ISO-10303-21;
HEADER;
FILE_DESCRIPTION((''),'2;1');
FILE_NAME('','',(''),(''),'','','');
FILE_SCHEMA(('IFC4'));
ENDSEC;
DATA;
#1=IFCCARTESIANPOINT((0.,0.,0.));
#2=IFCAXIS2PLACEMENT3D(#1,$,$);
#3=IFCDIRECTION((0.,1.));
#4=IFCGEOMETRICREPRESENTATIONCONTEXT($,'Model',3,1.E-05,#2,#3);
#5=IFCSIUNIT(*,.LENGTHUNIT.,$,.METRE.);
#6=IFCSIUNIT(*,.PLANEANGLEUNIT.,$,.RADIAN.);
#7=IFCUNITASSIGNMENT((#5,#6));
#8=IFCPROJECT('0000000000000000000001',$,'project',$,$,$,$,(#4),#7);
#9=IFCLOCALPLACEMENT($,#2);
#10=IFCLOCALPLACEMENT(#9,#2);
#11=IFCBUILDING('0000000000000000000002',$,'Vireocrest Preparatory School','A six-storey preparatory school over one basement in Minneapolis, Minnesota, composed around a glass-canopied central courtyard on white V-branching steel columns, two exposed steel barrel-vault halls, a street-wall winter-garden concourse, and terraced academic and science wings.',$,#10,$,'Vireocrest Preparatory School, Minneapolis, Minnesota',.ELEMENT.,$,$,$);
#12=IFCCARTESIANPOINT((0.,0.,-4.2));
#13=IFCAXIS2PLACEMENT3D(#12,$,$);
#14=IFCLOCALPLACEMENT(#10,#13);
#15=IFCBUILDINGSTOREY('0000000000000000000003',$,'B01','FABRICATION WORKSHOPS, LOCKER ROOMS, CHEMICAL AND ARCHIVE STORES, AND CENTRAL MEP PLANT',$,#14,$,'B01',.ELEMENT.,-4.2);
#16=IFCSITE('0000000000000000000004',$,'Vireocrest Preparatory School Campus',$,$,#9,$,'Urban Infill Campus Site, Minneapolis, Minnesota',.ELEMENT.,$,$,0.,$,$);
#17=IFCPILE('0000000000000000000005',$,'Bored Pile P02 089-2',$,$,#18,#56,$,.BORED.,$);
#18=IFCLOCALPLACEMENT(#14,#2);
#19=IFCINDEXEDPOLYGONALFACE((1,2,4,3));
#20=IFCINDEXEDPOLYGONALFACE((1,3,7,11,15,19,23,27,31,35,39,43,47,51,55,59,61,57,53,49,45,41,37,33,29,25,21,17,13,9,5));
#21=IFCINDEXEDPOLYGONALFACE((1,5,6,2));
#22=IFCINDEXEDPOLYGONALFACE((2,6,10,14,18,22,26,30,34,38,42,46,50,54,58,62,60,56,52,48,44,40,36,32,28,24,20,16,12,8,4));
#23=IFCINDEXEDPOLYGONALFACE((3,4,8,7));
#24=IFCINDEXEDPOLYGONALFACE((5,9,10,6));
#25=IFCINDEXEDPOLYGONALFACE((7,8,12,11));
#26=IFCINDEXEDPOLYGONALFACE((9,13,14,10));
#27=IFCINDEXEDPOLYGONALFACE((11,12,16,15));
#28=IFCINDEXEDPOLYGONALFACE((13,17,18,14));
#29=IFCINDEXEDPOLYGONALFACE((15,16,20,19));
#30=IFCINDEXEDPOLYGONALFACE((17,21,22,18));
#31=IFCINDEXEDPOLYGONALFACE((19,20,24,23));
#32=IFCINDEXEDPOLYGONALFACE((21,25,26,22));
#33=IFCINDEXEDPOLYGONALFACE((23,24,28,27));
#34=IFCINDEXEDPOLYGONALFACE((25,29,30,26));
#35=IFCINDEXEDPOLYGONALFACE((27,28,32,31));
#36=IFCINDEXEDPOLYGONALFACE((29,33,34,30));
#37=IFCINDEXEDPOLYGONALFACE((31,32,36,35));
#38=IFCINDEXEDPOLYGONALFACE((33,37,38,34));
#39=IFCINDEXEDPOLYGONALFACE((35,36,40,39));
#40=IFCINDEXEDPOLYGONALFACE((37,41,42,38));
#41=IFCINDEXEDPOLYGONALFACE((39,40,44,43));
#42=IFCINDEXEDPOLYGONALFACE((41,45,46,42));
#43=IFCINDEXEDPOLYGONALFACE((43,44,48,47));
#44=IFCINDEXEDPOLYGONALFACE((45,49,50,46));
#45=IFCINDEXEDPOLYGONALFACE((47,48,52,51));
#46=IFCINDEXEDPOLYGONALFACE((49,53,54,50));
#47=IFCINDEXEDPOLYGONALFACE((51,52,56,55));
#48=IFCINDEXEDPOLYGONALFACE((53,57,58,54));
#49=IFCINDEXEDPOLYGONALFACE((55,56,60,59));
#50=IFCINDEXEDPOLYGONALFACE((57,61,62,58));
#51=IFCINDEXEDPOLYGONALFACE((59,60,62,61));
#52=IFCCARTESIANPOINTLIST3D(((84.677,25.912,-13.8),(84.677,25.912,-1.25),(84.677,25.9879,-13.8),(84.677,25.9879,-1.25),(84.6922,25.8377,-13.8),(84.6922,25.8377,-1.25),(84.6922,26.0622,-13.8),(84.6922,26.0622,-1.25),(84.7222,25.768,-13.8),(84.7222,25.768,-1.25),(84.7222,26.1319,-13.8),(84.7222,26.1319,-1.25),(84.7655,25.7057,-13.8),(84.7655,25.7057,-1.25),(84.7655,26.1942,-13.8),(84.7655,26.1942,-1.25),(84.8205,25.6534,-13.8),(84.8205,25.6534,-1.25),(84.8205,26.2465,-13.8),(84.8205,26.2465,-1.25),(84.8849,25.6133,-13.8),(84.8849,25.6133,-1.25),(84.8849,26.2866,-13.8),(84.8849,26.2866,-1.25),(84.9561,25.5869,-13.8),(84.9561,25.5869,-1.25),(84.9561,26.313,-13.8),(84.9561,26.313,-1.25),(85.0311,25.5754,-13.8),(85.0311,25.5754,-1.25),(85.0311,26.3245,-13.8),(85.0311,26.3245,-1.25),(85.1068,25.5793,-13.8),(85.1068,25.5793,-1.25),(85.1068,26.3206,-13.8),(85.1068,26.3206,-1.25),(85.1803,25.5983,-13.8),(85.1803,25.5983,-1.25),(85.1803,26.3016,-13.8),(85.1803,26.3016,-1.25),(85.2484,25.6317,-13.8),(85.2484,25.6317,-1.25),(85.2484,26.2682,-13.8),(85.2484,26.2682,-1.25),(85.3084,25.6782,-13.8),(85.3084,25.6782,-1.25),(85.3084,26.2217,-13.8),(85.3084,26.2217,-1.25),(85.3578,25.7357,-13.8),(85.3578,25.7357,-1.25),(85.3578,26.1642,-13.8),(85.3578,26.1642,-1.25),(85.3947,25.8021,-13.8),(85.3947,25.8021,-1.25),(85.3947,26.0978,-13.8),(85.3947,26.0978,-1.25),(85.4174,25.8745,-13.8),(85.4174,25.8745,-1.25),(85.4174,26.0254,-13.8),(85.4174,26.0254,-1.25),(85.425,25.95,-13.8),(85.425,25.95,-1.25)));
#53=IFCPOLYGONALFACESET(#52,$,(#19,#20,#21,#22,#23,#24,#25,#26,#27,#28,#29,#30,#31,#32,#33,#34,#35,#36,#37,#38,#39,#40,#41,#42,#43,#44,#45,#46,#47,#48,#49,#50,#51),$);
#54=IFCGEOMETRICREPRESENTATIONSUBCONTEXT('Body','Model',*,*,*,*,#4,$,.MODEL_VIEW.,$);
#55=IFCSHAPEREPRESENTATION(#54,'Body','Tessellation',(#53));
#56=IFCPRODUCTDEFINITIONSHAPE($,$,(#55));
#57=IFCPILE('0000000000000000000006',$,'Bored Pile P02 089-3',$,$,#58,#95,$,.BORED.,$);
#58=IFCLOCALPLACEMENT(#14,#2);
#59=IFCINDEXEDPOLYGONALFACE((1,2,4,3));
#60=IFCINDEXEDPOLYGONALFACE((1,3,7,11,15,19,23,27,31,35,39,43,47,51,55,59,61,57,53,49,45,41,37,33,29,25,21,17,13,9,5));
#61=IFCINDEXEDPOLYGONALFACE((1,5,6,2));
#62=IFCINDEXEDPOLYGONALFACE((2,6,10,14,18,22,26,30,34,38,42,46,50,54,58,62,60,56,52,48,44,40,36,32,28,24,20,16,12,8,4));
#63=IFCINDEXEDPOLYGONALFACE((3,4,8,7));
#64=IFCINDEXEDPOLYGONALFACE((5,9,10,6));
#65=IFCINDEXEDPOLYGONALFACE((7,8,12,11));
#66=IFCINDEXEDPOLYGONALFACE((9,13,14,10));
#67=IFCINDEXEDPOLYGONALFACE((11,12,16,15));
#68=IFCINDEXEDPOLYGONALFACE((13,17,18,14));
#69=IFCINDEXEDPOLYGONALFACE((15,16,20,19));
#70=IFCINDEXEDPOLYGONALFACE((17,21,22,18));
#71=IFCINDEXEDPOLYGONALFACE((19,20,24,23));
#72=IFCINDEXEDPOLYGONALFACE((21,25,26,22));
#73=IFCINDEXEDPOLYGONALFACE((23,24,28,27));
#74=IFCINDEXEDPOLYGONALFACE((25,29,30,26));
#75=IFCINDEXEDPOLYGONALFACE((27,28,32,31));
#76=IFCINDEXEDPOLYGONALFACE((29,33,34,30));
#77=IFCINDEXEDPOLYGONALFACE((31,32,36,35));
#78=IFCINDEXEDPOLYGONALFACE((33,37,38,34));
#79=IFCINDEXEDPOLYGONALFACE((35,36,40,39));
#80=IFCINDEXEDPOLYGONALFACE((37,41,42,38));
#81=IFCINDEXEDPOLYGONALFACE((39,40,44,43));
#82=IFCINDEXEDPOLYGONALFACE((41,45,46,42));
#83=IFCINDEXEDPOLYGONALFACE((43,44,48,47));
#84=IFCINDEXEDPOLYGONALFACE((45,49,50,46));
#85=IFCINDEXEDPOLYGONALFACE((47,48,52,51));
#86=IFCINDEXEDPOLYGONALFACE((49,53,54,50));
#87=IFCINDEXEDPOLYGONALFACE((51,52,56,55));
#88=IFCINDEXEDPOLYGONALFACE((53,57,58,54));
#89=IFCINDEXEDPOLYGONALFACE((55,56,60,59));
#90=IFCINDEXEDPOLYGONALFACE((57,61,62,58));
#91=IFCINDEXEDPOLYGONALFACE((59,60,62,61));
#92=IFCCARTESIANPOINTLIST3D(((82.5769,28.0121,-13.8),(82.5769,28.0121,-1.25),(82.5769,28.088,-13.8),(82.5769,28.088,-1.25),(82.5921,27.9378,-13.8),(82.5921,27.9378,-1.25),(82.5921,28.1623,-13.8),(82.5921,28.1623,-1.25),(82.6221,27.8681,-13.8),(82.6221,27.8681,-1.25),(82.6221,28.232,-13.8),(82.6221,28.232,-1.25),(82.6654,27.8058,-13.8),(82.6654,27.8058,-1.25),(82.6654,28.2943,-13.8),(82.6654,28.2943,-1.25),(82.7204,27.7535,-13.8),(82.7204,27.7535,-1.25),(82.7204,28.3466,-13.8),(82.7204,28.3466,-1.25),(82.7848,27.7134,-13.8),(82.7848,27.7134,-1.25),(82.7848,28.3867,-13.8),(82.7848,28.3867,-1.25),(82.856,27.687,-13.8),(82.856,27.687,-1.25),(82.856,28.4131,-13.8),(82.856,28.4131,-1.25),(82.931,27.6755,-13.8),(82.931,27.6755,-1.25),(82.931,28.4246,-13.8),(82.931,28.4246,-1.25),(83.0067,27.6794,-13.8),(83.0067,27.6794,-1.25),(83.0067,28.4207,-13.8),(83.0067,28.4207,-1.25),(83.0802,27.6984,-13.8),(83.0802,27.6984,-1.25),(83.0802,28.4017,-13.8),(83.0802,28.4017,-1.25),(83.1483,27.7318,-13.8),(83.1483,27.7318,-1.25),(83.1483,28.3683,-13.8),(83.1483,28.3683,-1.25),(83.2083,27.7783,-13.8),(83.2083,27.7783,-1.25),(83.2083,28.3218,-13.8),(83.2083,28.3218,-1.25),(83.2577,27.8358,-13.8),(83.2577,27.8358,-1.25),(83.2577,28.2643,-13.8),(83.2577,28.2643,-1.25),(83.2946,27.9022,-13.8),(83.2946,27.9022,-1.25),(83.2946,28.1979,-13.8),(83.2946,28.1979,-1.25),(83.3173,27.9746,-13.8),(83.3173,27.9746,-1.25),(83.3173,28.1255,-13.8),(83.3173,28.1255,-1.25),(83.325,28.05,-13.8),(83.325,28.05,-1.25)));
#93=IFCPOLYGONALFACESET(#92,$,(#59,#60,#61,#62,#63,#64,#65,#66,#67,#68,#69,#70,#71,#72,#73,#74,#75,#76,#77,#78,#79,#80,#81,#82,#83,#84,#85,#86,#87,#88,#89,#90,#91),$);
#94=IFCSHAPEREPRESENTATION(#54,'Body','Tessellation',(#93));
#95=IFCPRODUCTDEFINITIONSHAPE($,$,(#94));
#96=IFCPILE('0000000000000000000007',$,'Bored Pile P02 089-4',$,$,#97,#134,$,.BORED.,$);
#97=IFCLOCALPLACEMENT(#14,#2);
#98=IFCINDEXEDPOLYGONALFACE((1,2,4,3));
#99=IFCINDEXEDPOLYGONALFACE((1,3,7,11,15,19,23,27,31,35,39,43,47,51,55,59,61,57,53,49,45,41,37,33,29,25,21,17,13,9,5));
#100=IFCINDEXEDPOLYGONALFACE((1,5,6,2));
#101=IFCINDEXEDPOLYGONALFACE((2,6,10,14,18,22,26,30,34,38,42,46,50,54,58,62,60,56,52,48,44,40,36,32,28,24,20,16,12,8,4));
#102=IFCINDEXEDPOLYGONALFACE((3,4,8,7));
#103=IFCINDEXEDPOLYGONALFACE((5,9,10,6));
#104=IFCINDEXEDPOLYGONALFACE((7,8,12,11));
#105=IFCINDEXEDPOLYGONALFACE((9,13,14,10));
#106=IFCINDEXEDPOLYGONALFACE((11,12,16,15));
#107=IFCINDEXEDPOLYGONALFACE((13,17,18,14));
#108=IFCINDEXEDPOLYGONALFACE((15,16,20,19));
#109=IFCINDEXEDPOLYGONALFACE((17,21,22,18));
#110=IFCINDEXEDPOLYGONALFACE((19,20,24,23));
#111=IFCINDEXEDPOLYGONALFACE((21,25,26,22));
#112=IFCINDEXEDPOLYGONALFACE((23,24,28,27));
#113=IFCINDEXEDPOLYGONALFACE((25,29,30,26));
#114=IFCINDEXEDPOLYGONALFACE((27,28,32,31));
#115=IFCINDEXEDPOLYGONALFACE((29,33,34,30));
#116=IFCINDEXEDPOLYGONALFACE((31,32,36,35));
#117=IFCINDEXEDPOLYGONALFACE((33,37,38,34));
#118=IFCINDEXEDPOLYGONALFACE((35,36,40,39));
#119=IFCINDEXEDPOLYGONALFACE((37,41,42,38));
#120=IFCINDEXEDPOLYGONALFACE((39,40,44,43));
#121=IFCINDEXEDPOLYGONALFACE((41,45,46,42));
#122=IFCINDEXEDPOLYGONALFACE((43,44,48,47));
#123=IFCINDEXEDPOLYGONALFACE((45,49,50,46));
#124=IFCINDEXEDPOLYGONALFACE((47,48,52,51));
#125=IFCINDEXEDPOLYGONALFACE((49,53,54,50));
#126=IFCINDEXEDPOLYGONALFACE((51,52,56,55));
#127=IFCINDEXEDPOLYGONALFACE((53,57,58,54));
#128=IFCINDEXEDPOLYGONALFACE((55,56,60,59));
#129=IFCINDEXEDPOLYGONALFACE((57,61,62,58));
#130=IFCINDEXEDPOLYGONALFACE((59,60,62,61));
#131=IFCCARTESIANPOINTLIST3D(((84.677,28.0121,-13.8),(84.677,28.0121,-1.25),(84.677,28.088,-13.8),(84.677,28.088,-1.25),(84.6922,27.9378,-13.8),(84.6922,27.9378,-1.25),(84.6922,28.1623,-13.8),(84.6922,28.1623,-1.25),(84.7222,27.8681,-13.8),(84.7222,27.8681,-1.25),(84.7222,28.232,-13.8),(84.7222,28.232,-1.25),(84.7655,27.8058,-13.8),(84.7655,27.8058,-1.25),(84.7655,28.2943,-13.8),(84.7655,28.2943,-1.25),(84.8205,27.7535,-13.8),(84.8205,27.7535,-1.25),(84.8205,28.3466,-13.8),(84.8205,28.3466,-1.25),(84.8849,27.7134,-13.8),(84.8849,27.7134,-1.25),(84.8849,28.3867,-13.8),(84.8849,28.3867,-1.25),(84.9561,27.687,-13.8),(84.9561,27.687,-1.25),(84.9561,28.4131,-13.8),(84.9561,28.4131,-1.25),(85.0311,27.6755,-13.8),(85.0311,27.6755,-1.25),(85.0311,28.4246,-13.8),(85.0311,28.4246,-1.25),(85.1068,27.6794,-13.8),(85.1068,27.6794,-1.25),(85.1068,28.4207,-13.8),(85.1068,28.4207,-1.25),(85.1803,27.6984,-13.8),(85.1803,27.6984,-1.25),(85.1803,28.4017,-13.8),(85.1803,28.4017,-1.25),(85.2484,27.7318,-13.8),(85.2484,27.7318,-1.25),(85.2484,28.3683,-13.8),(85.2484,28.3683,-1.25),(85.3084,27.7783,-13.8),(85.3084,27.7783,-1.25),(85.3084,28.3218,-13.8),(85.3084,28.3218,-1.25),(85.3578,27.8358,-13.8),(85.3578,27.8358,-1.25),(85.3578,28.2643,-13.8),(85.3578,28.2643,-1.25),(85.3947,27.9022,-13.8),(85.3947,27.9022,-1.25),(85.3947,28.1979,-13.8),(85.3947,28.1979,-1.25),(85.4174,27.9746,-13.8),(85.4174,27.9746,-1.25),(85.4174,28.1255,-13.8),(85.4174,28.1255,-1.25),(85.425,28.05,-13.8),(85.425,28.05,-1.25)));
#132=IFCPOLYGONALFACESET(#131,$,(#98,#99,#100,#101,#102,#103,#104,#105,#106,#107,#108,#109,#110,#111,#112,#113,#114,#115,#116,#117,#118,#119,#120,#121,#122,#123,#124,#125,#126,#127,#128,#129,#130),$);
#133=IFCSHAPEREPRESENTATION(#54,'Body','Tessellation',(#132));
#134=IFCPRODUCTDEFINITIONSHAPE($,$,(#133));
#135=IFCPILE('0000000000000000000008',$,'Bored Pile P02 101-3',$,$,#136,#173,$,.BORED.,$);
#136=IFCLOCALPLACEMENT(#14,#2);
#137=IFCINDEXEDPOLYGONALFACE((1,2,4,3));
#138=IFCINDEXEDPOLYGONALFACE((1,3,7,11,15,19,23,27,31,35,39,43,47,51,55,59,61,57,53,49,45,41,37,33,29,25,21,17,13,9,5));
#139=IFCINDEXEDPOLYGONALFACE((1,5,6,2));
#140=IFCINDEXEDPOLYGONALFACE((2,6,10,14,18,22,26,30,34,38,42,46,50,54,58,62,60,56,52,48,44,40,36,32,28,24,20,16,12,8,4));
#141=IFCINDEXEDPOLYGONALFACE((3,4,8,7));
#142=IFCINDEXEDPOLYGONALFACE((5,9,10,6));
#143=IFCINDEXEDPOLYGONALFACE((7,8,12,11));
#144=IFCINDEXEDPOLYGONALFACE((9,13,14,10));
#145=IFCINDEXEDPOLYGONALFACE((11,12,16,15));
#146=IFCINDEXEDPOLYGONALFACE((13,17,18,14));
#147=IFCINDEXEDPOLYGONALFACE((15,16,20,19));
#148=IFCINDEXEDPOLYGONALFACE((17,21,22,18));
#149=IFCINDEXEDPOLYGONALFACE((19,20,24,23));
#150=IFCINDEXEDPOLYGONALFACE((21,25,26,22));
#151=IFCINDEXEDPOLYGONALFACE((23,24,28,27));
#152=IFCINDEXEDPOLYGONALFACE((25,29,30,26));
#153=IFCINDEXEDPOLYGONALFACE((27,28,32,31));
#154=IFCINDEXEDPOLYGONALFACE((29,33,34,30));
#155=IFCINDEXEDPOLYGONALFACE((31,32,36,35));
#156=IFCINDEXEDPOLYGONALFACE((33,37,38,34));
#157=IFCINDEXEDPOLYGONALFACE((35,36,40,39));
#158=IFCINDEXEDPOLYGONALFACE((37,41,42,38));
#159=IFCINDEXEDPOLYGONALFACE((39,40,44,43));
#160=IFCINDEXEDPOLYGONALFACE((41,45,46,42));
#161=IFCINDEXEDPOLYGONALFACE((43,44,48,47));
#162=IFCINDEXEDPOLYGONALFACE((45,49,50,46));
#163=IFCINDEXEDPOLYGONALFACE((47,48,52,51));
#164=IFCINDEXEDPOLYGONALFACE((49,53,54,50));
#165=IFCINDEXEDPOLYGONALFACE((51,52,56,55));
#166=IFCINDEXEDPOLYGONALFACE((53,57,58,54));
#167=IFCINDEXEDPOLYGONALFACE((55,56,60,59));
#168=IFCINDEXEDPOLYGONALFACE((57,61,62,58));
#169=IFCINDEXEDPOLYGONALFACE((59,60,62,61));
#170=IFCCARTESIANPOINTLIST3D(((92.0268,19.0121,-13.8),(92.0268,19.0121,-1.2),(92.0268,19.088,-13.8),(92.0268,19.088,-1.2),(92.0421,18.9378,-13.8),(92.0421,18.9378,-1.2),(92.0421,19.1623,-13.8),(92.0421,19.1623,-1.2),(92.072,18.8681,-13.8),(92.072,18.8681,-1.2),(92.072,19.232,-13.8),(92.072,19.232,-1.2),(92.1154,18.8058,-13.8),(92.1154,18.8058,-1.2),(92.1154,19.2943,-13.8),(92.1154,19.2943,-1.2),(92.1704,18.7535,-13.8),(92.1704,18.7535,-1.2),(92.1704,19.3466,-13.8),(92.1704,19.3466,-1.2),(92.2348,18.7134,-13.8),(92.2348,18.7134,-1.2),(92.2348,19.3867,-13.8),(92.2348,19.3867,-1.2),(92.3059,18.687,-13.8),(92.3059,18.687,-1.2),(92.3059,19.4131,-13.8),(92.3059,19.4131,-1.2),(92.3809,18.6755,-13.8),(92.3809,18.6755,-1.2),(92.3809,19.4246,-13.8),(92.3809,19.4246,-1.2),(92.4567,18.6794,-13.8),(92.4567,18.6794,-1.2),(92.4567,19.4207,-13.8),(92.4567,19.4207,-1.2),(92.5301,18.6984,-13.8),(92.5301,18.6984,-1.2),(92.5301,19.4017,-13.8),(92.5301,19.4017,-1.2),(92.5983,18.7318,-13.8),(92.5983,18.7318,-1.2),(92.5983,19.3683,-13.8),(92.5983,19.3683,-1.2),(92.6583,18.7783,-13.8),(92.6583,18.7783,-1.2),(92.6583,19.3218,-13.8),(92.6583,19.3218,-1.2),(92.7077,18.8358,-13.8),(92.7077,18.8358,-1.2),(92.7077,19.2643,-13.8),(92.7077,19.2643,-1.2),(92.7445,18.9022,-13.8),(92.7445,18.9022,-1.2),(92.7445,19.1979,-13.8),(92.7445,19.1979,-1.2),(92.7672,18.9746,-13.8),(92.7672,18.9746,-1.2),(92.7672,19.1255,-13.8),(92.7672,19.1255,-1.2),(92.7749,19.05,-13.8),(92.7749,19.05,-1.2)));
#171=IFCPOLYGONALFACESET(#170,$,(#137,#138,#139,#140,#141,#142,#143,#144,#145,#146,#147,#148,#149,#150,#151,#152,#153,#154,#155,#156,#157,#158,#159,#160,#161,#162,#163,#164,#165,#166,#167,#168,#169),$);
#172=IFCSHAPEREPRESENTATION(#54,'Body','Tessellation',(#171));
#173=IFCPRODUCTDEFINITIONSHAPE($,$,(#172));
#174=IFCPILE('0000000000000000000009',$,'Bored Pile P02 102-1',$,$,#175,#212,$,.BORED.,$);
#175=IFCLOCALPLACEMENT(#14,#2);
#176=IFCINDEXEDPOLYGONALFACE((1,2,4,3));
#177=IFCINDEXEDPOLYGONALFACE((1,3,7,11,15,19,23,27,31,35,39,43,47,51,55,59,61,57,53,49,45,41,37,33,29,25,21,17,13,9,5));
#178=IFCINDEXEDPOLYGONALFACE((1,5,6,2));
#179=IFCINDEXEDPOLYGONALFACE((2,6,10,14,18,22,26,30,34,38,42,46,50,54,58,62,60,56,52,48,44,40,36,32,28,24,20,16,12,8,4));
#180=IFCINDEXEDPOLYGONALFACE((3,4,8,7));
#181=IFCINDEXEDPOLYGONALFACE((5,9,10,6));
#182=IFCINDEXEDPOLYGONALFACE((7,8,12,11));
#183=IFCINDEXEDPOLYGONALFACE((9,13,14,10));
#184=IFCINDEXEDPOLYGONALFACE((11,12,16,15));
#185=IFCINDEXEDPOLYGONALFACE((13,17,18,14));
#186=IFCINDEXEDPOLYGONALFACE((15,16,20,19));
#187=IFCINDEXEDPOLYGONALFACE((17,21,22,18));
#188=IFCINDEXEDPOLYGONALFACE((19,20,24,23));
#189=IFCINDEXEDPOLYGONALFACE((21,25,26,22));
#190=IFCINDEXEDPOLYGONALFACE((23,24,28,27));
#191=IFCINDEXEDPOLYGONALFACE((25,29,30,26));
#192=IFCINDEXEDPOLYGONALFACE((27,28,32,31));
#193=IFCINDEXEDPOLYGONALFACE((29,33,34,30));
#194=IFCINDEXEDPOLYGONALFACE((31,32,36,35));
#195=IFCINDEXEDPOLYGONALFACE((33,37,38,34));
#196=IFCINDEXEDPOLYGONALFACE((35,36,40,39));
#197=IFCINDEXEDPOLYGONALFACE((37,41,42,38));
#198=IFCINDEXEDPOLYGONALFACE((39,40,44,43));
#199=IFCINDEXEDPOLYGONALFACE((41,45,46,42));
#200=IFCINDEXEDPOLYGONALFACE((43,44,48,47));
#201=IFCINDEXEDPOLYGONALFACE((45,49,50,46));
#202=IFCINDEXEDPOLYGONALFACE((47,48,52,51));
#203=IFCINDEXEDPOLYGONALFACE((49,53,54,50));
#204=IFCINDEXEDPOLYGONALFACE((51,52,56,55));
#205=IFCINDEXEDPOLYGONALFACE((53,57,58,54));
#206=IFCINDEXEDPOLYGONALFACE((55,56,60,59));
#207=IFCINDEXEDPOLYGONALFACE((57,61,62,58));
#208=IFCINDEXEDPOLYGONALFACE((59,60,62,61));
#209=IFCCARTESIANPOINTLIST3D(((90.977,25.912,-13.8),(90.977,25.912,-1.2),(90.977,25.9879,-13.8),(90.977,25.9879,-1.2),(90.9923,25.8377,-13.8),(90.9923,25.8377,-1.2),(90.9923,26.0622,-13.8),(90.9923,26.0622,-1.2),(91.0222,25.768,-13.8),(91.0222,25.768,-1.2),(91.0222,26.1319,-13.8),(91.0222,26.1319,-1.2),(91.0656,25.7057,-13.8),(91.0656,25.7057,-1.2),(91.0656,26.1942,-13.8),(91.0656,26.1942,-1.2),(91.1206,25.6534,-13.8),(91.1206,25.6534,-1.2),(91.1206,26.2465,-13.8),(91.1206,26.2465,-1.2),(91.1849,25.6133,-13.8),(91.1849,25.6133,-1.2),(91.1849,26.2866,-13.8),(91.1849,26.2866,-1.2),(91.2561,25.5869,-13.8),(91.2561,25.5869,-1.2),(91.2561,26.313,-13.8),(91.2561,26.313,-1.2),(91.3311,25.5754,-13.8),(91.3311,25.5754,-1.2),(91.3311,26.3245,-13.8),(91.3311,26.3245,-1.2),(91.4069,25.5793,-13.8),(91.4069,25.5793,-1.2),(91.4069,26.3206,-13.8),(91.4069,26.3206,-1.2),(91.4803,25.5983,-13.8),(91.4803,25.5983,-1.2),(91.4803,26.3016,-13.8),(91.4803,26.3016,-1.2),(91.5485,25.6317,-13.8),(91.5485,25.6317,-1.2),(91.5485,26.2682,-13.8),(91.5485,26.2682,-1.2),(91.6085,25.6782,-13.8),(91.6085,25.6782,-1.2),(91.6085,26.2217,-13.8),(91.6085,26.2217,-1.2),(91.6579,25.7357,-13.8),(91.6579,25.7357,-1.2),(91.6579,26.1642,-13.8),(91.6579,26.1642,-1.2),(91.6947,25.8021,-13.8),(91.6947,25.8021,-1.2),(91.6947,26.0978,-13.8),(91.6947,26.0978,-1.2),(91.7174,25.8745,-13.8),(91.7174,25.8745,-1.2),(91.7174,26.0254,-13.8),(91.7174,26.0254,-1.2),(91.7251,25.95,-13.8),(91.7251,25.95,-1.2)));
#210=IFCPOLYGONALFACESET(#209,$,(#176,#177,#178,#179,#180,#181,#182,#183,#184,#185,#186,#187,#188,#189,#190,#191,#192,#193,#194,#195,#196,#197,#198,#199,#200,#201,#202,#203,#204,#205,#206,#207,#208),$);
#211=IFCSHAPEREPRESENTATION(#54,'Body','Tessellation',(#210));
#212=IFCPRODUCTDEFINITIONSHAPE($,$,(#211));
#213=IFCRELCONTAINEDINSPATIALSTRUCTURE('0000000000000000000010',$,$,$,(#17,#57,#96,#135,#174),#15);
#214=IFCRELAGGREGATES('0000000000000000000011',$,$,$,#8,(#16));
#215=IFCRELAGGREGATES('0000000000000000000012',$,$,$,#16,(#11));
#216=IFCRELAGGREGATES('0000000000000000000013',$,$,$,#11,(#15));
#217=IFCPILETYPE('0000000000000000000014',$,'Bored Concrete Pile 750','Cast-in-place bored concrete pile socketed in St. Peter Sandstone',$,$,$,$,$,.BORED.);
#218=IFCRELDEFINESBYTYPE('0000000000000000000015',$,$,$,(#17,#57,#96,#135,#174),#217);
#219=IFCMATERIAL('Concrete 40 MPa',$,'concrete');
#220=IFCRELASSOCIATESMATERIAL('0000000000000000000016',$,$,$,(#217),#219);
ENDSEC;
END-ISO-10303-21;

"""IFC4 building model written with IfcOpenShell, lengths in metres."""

from ifc_helpers import new_model, si_unit, direction, frame, origin, origin_2d, place, context, subcontext, project, spatial, circle, extrude, material, material_profile, profile_set, type_object, element, save


model = new_model("IFC4")

# Units and contexts
model_context = context("Model", 3, precision=1e-05, world=origin(), true_north=direction((0.0, 1.0)))
body_context = subcontext(model_context, "Body", "Model", "MODEL_VIEW")
ifc_project = project(units=[si_unit("LENGTHUNIT", "METRE"), si_unit("PLANEANGLEUNIT", "RADIAN")], contexts=[model_context])

# Site, building, storey
site_placement = place(None, origin())
site = spatial("IfcSite", under=ifc_project, at=site_placement, Name="Vireocrest Preparatory School Campus", LongName="Urban Infill Campus Site, Minneapolis, Minnesota", CompositionType="ELEMENT", RefElevation=0.0)
building_placement = place(site_placement, origin())
building = spatial("IfcBuilding", under=site, at=building_placement, Name="Vireocrest Preparatory School", Description="A six-storey preparatory school over one basement in Minneapolis, Minnesota, composed around a glass-canopied central courtyard on white V-branching steel columns, two exposed steel barrel-vault halls, a street-wall winter-garden concourse, and terraced academic and science wings.", LongName="Vireocrest Preparatory School, Minneapolis, Minnesota", CompositionType="ELEMENT")
storey_placement = place(building_placement, frame((0.0, 0.0, -4.2)))
storey = spatial("IfcBuildingStorey", under=building, at=storey_placement, Name="B01", Description="FABRICATION WORKSHOPS, LOCKER ROOMS, CHEMICAL AND ARCHIVE STORES, AND CENTRAL MEP PLANT", LongName="B01", CompositionType="ELEMENT", Elevation=-4.2)

# Piles
ifc_material_1 = material(Name="Concrete 40 MPa", Category="concrete")
ifc_material_profile_1 = material_profile(ifc_material_1, circle(Radius=0.375, at=origin_2d()), Name="BORED PILE 750")
ifc_profile_set_1 = profile_set([ifc_material_profile_1], Name="Concrete 40 MPa")
pile_type = type_object("IfcPileType", Name="Bored Concrete Pile 750", Description="Cast-in-place bored concrete pile socketed in St. Peter Sandstone", PredefinedType="BORED", material=ifc_profile_set_1)
for number, where, z_axis, x_axis, name in (
    (1, (85.05, 25.95, -1.25), (0.0, 0.0, -1.0), (1.0, 0.0, 0.0), "Bored Pile P02 089-2"),
    (2, (82.95, 28.05, -1.25), (0.0, 0.0, -1.0), (1.0, 0.0, 0.0), "Bored Pile P02 089-3"),
    (3, (85.05, 28.05, -1.25), (0.0, 0.0, -1.0), (1.0, 0.0, 0.0), "Bored Pile P02 089-4"),
):
    element("IfcPile", number, at=place(storey_placement, frame(where, z_axis=z_axis, x_axis=x_axis)), inside=storey, type_object=pile_type, Name=name, PredefinedType="BORED", context=body_context, shape_type="SweptSolid", body=[
        extrude(circle(Radius=0.375, at=origin_2d()), origin(), (0.0, 0.0, 1.0), 12.55),
    ])
for number, where, z_axis, x_axis, name in (
    (4, (92.3999, 19.05, -1.2), (0.0, 0.0, -1.0), (1.0, 0.0, 0.0), "Bored Pile P02 101-3"),
    (5, (91.3501, 25.95, -1.2), (0.0, 0.0, -1.0), (1.0, 0.0, 0.0), "Bored Pile P02 102-1"),
):
    element("IfcPile", number, at=place(storey_placement, frame(where, z_axis=z_axis, x_axis=x_axis)), inside=storey, type_object=pile_type, Name=name, PredefinedType="BORED", context=body_context, shape_type="SweptSolid", body=[
        extrude(circle(Radius=0.375, at=origin_2d()), origin(), (0.0, 0.0, 1.0), 12.6001),
    ])

save(model, "model.ifc")
